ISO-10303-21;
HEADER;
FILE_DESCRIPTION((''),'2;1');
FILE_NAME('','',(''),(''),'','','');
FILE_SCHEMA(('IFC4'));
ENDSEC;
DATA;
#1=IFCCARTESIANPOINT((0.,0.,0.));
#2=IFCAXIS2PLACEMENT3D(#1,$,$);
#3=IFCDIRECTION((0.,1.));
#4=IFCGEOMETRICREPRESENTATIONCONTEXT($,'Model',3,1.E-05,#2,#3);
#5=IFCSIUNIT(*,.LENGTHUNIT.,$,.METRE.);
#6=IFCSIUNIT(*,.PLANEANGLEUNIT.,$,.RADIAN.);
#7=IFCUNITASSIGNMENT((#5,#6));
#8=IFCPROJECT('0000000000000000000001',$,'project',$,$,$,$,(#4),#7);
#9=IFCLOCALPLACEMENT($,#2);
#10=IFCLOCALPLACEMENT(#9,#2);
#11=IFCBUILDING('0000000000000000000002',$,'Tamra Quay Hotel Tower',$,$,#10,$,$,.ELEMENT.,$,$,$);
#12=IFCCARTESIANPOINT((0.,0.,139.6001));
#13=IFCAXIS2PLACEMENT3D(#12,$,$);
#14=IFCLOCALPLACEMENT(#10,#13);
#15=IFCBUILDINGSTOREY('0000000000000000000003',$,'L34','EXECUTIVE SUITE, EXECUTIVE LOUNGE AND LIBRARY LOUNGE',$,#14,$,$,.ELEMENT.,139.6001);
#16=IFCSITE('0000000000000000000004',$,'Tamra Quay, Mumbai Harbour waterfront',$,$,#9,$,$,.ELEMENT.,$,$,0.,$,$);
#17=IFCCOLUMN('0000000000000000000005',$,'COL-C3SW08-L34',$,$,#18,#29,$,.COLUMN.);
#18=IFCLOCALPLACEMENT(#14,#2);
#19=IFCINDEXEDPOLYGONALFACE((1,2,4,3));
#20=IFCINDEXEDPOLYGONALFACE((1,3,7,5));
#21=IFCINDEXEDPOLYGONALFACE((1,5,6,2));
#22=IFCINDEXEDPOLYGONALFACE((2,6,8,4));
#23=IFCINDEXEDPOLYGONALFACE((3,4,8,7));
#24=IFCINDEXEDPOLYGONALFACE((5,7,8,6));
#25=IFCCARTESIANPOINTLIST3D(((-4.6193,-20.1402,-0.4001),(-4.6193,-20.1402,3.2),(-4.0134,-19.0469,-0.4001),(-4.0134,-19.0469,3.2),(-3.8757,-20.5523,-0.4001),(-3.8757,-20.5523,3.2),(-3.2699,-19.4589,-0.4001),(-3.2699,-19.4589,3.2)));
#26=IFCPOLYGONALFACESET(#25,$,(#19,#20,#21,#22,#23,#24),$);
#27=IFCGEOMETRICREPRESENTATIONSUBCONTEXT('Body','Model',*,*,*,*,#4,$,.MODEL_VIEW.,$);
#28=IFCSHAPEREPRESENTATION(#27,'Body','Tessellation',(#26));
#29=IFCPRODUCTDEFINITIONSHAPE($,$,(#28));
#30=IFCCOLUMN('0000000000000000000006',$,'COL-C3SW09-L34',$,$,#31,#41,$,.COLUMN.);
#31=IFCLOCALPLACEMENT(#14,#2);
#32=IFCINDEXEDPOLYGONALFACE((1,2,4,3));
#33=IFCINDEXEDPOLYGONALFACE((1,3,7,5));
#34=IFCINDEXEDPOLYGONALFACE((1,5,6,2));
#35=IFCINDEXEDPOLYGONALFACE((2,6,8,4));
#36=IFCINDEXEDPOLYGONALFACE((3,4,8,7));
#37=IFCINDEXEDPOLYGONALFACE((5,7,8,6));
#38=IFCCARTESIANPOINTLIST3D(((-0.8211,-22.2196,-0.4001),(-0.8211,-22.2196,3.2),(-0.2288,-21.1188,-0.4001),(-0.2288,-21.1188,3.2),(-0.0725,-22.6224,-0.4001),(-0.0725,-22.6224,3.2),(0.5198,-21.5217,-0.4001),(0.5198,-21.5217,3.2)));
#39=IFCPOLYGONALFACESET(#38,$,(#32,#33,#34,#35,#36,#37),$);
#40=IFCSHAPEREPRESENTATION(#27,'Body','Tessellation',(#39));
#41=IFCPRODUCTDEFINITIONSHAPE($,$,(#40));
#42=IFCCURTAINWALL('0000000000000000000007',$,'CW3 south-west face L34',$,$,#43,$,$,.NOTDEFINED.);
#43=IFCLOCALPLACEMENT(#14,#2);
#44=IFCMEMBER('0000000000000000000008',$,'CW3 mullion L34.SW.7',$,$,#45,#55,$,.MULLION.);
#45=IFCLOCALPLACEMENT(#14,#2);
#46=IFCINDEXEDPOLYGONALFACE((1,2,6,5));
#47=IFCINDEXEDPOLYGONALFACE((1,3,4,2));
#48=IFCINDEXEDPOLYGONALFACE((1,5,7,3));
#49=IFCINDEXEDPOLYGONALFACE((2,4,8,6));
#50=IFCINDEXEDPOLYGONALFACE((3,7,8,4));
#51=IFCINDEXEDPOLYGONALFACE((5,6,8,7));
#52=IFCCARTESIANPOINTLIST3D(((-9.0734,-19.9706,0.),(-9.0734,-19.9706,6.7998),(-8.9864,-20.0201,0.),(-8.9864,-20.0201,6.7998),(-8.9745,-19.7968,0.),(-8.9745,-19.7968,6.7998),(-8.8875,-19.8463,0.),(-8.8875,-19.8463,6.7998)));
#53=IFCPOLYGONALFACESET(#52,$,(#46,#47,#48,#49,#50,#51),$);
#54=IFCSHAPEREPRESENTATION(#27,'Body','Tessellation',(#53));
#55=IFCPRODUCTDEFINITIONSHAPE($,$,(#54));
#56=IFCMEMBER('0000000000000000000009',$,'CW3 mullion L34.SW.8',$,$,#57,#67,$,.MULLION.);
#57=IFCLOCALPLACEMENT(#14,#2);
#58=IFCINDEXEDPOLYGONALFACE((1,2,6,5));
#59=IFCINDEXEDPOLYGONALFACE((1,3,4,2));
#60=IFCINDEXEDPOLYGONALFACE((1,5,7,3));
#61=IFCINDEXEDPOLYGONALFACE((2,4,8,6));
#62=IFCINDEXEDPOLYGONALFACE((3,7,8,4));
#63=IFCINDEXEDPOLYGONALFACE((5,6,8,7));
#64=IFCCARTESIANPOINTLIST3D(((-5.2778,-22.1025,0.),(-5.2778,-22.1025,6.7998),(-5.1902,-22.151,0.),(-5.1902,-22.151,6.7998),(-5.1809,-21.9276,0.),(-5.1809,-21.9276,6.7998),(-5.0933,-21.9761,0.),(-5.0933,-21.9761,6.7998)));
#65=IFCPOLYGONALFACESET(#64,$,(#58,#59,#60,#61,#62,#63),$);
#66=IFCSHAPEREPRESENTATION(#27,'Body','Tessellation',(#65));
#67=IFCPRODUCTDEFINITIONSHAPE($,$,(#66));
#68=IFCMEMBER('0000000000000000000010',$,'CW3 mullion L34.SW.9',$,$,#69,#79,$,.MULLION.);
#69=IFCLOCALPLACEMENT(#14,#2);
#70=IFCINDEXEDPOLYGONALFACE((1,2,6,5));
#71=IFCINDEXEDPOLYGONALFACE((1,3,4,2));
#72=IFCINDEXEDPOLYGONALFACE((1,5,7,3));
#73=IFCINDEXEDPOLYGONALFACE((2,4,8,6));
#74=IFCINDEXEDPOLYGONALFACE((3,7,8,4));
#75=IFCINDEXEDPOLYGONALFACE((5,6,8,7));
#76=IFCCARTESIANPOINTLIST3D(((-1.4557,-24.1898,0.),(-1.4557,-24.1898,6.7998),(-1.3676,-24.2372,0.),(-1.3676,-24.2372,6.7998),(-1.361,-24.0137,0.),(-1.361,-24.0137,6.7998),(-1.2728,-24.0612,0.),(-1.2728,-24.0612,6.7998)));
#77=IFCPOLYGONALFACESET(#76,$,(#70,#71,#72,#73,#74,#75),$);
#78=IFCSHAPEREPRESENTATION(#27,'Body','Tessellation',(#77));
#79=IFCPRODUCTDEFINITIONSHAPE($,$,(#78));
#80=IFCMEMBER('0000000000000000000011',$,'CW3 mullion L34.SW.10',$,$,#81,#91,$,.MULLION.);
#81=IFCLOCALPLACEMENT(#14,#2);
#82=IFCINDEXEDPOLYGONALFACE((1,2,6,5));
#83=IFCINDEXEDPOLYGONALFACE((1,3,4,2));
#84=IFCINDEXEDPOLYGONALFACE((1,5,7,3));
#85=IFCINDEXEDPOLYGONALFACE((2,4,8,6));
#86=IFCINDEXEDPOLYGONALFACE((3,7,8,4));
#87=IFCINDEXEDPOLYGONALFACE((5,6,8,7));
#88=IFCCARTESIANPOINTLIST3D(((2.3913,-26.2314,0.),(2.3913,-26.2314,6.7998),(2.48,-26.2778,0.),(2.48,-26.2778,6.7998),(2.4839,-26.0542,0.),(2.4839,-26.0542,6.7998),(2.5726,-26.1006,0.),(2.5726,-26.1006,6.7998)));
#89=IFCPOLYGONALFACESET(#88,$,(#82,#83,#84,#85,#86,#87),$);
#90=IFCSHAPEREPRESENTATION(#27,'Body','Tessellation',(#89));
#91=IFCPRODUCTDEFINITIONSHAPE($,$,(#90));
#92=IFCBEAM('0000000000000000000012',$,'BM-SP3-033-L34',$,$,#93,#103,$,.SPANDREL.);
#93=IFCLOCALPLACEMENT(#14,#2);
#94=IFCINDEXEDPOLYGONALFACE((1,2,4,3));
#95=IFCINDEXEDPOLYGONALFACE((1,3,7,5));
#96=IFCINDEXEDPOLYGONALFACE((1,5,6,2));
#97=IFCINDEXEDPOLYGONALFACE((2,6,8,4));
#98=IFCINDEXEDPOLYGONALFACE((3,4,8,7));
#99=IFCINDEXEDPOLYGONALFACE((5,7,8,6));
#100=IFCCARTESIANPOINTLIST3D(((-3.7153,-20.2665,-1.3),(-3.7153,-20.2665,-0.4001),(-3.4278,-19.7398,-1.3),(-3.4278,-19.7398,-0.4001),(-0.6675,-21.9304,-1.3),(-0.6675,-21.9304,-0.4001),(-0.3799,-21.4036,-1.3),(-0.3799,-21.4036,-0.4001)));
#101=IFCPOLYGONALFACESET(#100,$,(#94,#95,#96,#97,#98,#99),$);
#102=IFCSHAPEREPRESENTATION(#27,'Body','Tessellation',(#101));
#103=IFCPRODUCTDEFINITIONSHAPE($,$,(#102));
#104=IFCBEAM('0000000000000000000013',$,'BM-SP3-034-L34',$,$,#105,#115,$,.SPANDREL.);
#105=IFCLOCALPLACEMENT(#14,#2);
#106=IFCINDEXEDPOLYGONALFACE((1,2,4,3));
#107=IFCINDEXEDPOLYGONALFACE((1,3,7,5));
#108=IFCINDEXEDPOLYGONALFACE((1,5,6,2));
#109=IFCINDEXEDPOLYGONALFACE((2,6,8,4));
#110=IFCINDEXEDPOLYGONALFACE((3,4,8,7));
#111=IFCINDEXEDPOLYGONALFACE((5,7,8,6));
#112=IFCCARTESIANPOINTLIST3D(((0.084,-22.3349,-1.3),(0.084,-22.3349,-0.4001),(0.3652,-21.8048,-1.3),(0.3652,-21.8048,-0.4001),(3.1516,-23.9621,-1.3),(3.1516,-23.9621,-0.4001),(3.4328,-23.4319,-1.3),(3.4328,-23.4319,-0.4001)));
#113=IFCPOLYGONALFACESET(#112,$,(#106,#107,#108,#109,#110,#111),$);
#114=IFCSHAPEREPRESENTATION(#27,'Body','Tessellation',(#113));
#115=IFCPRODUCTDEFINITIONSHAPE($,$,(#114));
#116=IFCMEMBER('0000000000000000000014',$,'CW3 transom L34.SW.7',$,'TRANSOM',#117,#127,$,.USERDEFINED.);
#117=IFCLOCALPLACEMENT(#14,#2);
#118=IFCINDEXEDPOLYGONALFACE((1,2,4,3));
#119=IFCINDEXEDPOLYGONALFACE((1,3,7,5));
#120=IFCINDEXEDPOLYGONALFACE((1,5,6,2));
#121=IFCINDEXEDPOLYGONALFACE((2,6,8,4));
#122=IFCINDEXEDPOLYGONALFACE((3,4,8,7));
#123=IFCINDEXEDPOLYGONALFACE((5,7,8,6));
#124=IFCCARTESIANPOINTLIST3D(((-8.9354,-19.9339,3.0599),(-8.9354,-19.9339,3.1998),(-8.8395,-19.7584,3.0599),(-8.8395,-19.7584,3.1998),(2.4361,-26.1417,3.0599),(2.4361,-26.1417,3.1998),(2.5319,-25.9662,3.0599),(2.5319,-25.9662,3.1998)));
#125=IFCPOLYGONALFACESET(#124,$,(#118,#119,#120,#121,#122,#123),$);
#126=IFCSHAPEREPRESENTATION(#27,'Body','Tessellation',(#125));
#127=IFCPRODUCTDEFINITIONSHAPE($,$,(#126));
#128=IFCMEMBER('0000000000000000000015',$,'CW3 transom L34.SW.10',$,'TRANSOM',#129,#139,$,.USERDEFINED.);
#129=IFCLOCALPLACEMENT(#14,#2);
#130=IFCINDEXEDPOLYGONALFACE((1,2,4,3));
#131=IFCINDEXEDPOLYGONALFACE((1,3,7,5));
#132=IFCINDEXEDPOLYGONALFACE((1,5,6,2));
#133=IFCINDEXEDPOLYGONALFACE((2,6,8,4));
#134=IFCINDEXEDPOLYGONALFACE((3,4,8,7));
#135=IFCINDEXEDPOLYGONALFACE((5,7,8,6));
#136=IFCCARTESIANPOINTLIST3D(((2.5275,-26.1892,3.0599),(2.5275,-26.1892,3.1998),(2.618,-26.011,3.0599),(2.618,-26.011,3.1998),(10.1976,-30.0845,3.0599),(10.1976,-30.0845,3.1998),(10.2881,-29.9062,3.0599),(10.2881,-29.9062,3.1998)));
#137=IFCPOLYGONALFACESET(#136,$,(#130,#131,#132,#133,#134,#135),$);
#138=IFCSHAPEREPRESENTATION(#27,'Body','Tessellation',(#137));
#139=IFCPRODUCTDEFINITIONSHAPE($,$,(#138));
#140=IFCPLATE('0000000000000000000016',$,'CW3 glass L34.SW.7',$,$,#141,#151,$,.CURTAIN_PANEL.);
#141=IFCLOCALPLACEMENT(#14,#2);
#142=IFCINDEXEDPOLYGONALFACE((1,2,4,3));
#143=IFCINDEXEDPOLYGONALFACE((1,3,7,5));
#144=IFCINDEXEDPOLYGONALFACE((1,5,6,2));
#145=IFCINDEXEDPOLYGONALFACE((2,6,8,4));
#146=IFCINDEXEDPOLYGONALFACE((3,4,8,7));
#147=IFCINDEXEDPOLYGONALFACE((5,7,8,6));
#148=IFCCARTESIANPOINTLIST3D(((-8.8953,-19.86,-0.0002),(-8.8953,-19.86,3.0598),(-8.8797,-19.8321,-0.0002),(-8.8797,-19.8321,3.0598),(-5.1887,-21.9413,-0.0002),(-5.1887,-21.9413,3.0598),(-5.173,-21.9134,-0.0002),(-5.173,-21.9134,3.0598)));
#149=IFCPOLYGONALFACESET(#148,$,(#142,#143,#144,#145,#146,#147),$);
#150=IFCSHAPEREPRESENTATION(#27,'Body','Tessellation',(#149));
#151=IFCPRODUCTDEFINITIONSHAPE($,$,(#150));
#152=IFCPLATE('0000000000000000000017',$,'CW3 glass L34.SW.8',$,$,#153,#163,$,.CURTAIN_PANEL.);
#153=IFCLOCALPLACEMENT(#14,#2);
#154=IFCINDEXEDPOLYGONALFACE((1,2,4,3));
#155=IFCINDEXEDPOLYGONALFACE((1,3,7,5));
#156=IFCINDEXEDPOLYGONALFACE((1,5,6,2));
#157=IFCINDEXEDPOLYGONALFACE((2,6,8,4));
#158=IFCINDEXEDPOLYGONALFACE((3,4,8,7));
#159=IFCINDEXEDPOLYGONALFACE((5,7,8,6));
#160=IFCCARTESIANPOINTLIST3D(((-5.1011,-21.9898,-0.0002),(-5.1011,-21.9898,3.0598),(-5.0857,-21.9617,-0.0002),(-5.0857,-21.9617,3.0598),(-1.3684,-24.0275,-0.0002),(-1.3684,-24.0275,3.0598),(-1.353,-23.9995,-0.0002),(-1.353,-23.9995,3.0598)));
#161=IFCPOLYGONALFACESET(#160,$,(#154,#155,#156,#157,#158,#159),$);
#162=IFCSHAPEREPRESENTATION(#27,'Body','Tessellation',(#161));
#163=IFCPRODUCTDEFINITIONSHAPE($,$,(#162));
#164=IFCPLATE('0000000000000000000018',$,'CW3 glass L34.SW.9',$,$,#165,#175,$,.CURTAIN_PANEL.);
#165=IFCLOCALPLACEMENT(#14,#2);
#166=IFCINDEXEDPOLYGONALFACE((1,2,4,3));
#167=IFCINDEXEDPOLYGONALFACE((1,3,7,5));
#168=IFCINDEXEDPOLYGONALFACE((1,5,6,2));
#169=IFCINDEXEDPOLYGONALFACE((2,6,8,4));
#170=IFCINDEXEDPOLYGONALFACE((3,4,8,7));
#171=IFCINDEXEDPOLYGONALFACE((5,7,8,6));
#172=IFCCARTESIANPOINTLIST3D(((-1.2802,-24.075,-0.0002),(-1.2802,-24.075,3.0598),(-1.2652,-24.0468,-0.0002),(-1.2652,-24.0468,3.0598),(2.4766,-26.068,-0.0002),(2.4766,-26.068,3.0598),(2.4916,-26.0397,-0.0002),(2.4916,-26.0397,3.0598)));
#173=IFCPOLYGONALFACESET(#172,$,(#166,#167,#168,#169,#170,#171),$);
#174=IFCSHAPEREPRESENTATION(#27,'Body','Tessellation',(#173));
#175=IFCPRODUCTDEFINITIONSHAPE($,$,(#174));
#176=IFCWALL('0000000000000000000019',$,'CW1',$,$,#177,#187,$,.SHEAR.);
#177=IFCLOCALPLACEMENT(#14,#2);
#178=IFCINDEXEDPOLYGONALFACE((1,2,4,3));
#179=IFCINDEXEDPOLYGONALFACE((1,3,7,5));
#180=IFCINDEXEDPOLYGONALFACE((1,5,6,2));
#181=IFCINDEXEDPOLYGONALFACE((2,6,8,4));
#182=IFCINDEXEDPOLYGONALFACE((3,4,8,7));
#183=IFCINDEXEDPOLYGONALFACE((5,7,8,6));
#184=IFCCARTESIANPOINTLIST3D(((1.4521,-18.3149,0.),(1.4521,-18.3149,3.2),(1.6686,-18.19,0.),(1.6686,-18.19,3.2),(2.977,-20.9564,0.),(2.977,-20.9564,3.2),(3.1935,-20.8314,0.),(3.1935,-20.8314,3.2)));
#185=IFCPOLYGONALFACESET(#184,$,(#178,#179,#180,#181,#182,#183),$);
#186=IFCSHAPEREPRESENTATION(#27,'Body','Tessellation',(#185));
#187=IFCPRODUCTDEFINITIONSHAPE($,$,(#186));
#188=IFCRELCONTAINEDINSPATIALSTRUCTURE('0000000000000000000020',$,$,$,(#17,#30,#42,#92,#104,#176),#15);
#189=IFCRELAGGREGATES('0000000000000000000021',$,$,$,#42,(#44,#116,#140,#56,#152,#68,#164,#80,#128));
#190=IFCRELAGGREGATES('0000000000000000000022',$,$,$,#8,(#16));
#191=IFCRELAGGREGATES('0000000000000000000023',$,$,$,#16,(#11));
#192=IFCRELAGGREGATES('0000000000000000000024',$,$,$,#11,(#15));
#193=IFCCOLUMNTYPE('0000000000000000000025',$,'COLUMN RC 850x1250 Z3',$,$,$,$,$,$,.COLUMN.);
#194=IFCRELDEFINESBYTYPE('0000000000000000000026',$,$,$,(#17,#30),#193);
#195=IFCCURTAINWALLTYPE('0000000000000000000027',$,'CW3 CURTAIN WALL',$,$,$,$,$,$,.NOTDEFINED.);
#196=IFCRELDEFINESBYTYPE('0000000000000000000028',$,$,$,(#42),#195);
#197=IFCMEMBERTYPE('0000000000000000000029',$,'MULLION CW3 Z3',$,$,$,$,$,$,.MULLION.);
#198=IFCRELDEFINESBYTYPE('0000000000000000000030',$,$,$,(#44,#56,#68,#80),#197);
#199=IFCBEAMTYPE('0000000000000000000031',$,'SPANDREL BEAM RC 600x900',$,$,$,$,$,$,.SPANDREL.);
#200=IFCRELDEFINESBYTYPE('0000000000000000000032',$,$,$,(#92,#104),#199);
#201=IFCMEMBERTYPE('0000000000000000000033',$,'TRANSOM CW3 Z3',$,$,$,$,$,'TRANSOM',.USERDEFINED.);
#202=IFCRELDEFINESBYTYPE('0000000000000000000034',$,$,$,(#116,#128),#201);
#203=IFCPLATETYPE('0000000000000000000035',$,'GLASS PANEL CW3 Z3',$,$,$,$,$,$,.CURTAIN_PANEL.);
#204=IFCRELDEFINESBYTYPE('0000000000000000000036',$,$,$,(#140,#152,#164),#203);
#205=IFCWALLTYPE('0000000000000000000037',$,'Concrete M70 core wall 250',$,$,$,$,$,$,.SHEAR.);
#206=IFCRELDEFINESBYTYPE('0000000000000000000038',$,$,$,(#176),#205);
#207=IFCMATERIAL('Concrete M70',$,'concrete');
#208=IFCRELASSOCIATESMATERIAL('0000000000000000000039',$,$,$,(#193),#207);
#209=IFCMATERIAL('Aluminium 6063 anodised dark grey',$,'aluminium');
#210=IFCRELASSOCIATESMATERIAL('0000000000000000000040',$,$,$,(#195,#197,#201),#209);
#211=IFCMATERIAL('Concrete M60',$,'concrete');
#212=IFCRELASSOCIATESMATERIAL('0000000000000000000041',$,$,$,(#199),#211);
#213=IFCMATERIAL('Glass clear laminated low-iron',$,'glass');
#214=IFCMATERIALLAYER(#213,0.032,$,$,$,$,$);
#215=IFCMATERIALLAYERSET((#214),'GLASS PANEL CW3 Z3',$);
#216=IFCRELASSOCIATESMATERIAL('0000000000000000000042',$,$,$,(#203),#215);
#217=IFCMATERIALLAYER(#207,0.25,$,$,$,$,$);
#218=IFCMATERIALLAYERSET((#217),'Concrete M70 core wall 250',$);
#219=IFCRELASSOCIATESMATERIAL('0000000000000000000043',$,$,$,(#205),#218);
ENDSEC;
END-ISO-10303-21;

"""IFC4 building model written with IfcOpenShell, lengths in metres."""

from ifc_helpers import new_model, si_unit, direction, frame, frame_2d, origin, origin_2d, place, context, subcontext, project, spatial, rectangle, extrude, material, layer, layer_set, material_profile, profile_set, type_object, element, aggregate, save


model = new_model("IFC4")

# Units and contexts
model_context = context("Model", 3, precision=1e-05, world=origin(), true_north=direction((0.0, 1.0)))
body_context = subcontext(model_context, "Body", "Model", "MODEL_VIEW")
ifc_project = project(units=[si_unit("LENGTHUNIT", "METRE"), si_unit("PLANEANGLEUNIT", "RADIAN")], contexts=[model_context])

# Site, building, storey
site_placement = place(None, origin())
site = spatial("IfcSite", under=ifc_project, at=site_placement, Name="Tamra Quay, Mumbai Harbour waterfront", CompositionType="ELEMENT", RefElevation=0.0)
building_placement = place(site_placement, origin())
building = spatial("IfcBuilding", under=site, at=building_placement, Name="Tamra Quay Hotel Tower", CompositionType="ELEMENT")
storey_placement = place(building_placement, frame((0.0, 0.0, 139.6001)))
storey = spatial("IfcBuildingStorey", under=building, at=storey_placement, Name="L34", Description="EXECUTIVE SUITE, EXECUTIVE LOUNGE AND LIBRARY LOUNGE", CompositionType="ELEMENT", Elevation=139.6001)

# Columns
ifc_material_1 = material(Name="Concrete M70", Category="concrete")
ifc_material_profile_1 = material_profile(ifc_material_1, rectangle(XDim=1.25, YDim=0.8501, at=origin_2d()), Name="COLUMN RC 850x1250 Z3")
ifc_profile_set_1 = profile_set([ifc_material_profile_1], Name="Concrete M70")
column_type = type_object("IfcColumnType", Name="COLUMN RC 850x1250 Z3", PredefinedType="COLUMN", material=ifc_profile_set_1)
for number, where, z_axis, x_axis, name in (
    (1, (-3.9446, -19.7996, -0.4001), (0.0, 0.0, 1.0), (0.484683, 0.87469, 0.0), "COL-C3SW08-L34"),
    (2, (-0.1506, -21.8706, -0.4001), (0.0, 0.0, 1.0), (0.473876, 0.880592, 0.0), "COL-C3SW09-L34"),
):
    element("IfcColumn", number, at=place(storey_placement, frame(where, z_axis=z_axis, x_axis=x_axis)), inside=storey, type_object=column_type, Name=name, PredefinedType="COLUMN", context=body_context, shape_type="SweptSolid", body=[
        extrude(rectangle(XDim=1.25, YDim=0.8501, at=origin_2d()), origin(), (0.0, 0.0, 1.0), 3.6001),
    ])

# Curtain wall, members
ifc_material_2 = material(Name="Aluminium 6063 anodised dark grey", Category="aluminium")
curtain_wall_type = type_object("IfcCurtainWallType", Name="CW3 CURTAIN WALL", PredefinedType="NOTDEFINED", material=ifc_material_2)
curtain_wall_placement = place(storey_placement, origin())
curtain_wall = element("IfcCurtainWall", 3, at=curtain_wall_placement, inside=storey, type_object=curtain_wall_type, Name="CW3 south-west face L34", PredefinedType="NOTDEFINED")
ifc_material_profile_2 = material_profile(ifc_material_2, rectangle(XDim=0.2, YDim=0.1001, at=origin_2d()), Name="MULLION 100X200")
ifc_profile_set_2 = profile_set([ifc_material_profile_2], Name="Aluminium 6063 anodised dark grey")
member_type_1 = type_object("IfcMemberType", Name="MULLION CW3 Z3", PredefinedType="MULLION", material=ifc_profile_set_2)
member_1_placement = place(storey_placement, frame((-8.9805, -19.9084, 0.0), z_axis=(0.0, 0.0, 1.0), x_axis=(-0.494813, -0.868999, 0.0)))
member_1 = element("IfcMember", 4, at=member_1_placement, type_object=member_type_1, Name="CW3 mullion L34.SW.7", PredefinedType="MULLION", context=body_context, shape_type="SweptSolid", body=[
    extrude(rectangle(XDim=0.2, YDim=0.1001, at=origin_2d()), origin(), (0.0, 0.0, 1.0), 6.7998),
])
member_2_placement = place(storey_placement, frame((-5.1855, -22.0393, 0.0), z_axis=(0.0, 0.0, 1.0), x_axis=(-0.484395, -0.87485, 0.0)))
member_2 = element("IfcMember", 5, at=member_2_placement, type_object=member_type_1, Name="CW3 mullion L34.SW.8", PredefinedType="MULLION", context=body_context, shape_type="SweptSolid", body=[
    extrude(rectangle(XDim=0.2, YDim=0.1001, at=origin_2d()), origin(), (0.0, 0.0, 1.0), 6.7998),
])
member_3_placement = place(storey_placement, frame((-1.3643, -24.1255, 0.0), z_axis=(0.0, 0.0, 1.0), x_axis=(-0.473908, -0.880575, 0.0)))
member_3 = element("IfcMember", 6, at=member_3_placement, type_object=member_type_1, Name="CW3 mullion L34.SW.9", PredefinedType="MULLION", context=body_context, shape_type="SweptSolid", body=[
    extrude(rectangle(XDim=0.2, YDim=0.1001, at=origin_2d()), origin(), (0.0, 0.0, 1.0), 6.7998),
])
member_4_placement = place(storey_placement, frame((2.4819, -26.166, 0.0), z_axis=(0.0, 0.0, 1.0), x_axis=(-0.463366, -0.886167, 0.0)))
member_4 = element("IfcMember", 7, at=member_4_placement, type_object=member_type_1, Name="CW3 mullion L34.SW.10", PredefinedType="MULLION", context=body_context, shape_type="SweptSolid", body=[
    extrude(rectangle(XDim=0.2, YDim=0.1001, at=origin_2d()), origin(), (0.0, 0.0, 1.0), 6.7998),
])

# Beams
ifc_material_3 = material(Name="Concrete M60", Category="concrete")
ifc_material_profile_3 = material_profile(ifc_material_3, rectangle(XDim=0.6001, YDim=0.8999, at=origin_2d()), Name="SPANDREL BEAM RC 600x900")
ifc_profile_set_3 = profile_set([ifc_material_profile_3], Name="Concrete M60")
beam_type = type_object("IfcBeamType", Name="SPANDREL BEAM RC 600x900", PredefinedType="SPANDREL", material=ifc_profile_set_3)
for number, where, z_axis, x_axis, name in (
    (8, (-3.5715, -20.0032, -0.8501), (0.877732, -0.479153, 0.0), (0.479153, 0.877732, 0.0), "BM-SP3-033-L34"),
    (9, (0.2246, -22.0698, -0.8501), (0.883411, -0.468598, 0.0), (0.468598, 0.883411, 0.0), "BM-SP3-034-L34"),
):
    element("IfcBeam", number, at=place(storey_placement, frame(where, z_axis=z_axis, x_axis=x_axis)), inside=storey, type_object=beam_type, Name=name, PredefinedType="SPANDREL", context=body_context, shape_type="SweptSolid", body=[
        extrude(rectangle(XDim=0.6001, YDim=0.8999, at=origin_2d()), origin(), (0.0, 0.0, 1.0), 3.4724),
    ])

# Members
ifc_material_profile_4 = material_profile(ifc_material_2, rectangle(XDim=0.2, YDim=0.1399, at=origin_2d()), Name="TRANSOM 200X140")
ifc_profile_set_4 = profile_set([ifc_material_profile_4], Name="Aluminium 6063 anodised dark grey")
member_type_2 = type_object("IfcMemberType", Name="TRANSOM CW3 Z3", ElementType="TRANSOM", PredefinedType="USERDEFINED", material=ifc_profile_set_4)
member_5_placement = place(storey_placement, frame((-8.8875, -19.8462, 3.1299), z_axis=(0.877731, -0.479154, 0.0), x_axis=(0.479154, 0.877731, 0.0)))
member_5 = element("IfcMember", 10, at=member_5_placement, type_object=member_type_2, Name="CW3 transom L34.SW.7", ObjectType="TRANSOM", PredefinedType="USERDEFINED", context=body_context, shape_type="SweptSolid", body=[
    extrude(rectangle(XDim=0.2, YDim=0.1399, at=origin_2d()), origin(), (0.0, 0.0, 1.0), 12.9556),
])
member_6_placement = place(storey_placement, frame((2.5728, -26.1001, 3.1299), z_axis=(0.891611, -0.452801, 0.0), x_axis=(0.452801, 0.891611, 0.0)))
member_6 = element("IfcMember", 11, at=member_6_placement, type_object=member_type_2, Name="CW3 transom L34.SW.10", ObjectType="TRANSOM", PredefinedType="USERDEFINED", context=body_context, shape_type="SweptSolid", body=[
    extrude(rectangle(XDim=0.2, YDim=0.1399, at=origin_2d()), origin(), (0.0, 0.0, 1.0), 8.6025),
])

# Plates
ifc_material_4 = material(Name="Glass clear laminated low-iron", Category="glass")
ifc_layer_1 = layer(ifc_material_4, 0.032)
ifc_layer_set_1 = layer_set([ifc_layer_1], Name="GLASS PANEL CW3 Z3")
plate_type = type_object("IfcPlateType", Name="GLASS PANEL CW3 Z3", PredefinedType="CURTAIN_PANEL", material=ifc_layer_set_1)
plate_1_placement = place(storey_placement, frame((-7.0342, -20.8867, -0.0002), z_axis=(0.0, 0.0, 1.0), x_axis=(0.871942, -0.489609, 0.0)))
plate_1 = element("IfcPlate", 12, at=plate_1_placement, type_object=plate_type, Name="CW3 glass L34.SW.7", PredefinedType="CURTAIN_PANEL", context=body_context, shape_type="SweptSolid", body=[
    extrude(rectangle(XDim=4.251, YDim=0.032, at=origin_2d()), origin(), (0.0, 0.0, 1.0), 3.0601),
])
plate_2_placement = place(storey_placement, frame((-3.2271, -22.9946, -0.0002), z_axis=(0.0, 0.0, 1.0), x_axis=(0.877726, -0.479163, 0.0)))
plate_2 = element("IfcPlate", 13, at=plate_2_placement, type_object=plate_type, Name="CW3 glass L34.SW.8", PredefinedType="CURTAIN_PANEL", context=body_context, shape_type="SweptSolid", body=[
    extrude(rectangle(XDim=4.2527, YDim=0.032, at=origin_2d()), origin(), (0.0, 0.0, 1.0), 3.0601),
])
plate_3_placement = place(storey_placement, frame((0.6057, -25.0574, -0.0002), z_axis=(0.0, 0.0, 1.0), x_axis=(0.883392, -0.468636, 0.0)))
plate_3 = element("IfcPlate", 14, at=plate_3_placement, type_object=plate_type, Name="CW3 glass L34.SW.9", PredefinedType="CURTAIN_PANEL", context=body_context, shape_type="SweptSolid", body=[
    extrude(rectangle(XDim=4.2527, YDim=0.032, at=origin_2d()), origin(), (0.0, 0.0, 1.0), 3.0601),
])
aggregate(curtain_wall, [member_1, member_5, plate_1, member_2, plate_2, member_3, plate_3, member_4, member_6])

# Wall
ifc_layer_2 = layer(ifc_material_1, 0.25)
ifc_layer_set_2 = layer_set([ifc_layer_2], Name="Concrete M70 core wall 250")
wall_type_1 = type_object("IfcWallType", Name="Concrete M70 core wall 250", PredefinedType="SHEAR", material=ifc_layer_set_2)
wall_1_placement = place(storey_placement, frame((3.0852, -20.8938, 0.0), z_axis=(0.0, 0.0, 1.0), x_axis=(-0.499979, 0.866038, 0.0)))
element("IfcWall", 15, at=wall_1_placement, inside=storey, type_object=wall_type_1, Name="CW1", PredefinedType="SHEAR", context=body_context, shape_type="SweptSolid", body=[
    extrude(rectangle(XDim=3.05, YDim=0.25, at=frame_2d((1.5249, 0.0))), origin(), (0.0, 0.0, 1.0), 3.2),
])

save(model, "model.ifc")
